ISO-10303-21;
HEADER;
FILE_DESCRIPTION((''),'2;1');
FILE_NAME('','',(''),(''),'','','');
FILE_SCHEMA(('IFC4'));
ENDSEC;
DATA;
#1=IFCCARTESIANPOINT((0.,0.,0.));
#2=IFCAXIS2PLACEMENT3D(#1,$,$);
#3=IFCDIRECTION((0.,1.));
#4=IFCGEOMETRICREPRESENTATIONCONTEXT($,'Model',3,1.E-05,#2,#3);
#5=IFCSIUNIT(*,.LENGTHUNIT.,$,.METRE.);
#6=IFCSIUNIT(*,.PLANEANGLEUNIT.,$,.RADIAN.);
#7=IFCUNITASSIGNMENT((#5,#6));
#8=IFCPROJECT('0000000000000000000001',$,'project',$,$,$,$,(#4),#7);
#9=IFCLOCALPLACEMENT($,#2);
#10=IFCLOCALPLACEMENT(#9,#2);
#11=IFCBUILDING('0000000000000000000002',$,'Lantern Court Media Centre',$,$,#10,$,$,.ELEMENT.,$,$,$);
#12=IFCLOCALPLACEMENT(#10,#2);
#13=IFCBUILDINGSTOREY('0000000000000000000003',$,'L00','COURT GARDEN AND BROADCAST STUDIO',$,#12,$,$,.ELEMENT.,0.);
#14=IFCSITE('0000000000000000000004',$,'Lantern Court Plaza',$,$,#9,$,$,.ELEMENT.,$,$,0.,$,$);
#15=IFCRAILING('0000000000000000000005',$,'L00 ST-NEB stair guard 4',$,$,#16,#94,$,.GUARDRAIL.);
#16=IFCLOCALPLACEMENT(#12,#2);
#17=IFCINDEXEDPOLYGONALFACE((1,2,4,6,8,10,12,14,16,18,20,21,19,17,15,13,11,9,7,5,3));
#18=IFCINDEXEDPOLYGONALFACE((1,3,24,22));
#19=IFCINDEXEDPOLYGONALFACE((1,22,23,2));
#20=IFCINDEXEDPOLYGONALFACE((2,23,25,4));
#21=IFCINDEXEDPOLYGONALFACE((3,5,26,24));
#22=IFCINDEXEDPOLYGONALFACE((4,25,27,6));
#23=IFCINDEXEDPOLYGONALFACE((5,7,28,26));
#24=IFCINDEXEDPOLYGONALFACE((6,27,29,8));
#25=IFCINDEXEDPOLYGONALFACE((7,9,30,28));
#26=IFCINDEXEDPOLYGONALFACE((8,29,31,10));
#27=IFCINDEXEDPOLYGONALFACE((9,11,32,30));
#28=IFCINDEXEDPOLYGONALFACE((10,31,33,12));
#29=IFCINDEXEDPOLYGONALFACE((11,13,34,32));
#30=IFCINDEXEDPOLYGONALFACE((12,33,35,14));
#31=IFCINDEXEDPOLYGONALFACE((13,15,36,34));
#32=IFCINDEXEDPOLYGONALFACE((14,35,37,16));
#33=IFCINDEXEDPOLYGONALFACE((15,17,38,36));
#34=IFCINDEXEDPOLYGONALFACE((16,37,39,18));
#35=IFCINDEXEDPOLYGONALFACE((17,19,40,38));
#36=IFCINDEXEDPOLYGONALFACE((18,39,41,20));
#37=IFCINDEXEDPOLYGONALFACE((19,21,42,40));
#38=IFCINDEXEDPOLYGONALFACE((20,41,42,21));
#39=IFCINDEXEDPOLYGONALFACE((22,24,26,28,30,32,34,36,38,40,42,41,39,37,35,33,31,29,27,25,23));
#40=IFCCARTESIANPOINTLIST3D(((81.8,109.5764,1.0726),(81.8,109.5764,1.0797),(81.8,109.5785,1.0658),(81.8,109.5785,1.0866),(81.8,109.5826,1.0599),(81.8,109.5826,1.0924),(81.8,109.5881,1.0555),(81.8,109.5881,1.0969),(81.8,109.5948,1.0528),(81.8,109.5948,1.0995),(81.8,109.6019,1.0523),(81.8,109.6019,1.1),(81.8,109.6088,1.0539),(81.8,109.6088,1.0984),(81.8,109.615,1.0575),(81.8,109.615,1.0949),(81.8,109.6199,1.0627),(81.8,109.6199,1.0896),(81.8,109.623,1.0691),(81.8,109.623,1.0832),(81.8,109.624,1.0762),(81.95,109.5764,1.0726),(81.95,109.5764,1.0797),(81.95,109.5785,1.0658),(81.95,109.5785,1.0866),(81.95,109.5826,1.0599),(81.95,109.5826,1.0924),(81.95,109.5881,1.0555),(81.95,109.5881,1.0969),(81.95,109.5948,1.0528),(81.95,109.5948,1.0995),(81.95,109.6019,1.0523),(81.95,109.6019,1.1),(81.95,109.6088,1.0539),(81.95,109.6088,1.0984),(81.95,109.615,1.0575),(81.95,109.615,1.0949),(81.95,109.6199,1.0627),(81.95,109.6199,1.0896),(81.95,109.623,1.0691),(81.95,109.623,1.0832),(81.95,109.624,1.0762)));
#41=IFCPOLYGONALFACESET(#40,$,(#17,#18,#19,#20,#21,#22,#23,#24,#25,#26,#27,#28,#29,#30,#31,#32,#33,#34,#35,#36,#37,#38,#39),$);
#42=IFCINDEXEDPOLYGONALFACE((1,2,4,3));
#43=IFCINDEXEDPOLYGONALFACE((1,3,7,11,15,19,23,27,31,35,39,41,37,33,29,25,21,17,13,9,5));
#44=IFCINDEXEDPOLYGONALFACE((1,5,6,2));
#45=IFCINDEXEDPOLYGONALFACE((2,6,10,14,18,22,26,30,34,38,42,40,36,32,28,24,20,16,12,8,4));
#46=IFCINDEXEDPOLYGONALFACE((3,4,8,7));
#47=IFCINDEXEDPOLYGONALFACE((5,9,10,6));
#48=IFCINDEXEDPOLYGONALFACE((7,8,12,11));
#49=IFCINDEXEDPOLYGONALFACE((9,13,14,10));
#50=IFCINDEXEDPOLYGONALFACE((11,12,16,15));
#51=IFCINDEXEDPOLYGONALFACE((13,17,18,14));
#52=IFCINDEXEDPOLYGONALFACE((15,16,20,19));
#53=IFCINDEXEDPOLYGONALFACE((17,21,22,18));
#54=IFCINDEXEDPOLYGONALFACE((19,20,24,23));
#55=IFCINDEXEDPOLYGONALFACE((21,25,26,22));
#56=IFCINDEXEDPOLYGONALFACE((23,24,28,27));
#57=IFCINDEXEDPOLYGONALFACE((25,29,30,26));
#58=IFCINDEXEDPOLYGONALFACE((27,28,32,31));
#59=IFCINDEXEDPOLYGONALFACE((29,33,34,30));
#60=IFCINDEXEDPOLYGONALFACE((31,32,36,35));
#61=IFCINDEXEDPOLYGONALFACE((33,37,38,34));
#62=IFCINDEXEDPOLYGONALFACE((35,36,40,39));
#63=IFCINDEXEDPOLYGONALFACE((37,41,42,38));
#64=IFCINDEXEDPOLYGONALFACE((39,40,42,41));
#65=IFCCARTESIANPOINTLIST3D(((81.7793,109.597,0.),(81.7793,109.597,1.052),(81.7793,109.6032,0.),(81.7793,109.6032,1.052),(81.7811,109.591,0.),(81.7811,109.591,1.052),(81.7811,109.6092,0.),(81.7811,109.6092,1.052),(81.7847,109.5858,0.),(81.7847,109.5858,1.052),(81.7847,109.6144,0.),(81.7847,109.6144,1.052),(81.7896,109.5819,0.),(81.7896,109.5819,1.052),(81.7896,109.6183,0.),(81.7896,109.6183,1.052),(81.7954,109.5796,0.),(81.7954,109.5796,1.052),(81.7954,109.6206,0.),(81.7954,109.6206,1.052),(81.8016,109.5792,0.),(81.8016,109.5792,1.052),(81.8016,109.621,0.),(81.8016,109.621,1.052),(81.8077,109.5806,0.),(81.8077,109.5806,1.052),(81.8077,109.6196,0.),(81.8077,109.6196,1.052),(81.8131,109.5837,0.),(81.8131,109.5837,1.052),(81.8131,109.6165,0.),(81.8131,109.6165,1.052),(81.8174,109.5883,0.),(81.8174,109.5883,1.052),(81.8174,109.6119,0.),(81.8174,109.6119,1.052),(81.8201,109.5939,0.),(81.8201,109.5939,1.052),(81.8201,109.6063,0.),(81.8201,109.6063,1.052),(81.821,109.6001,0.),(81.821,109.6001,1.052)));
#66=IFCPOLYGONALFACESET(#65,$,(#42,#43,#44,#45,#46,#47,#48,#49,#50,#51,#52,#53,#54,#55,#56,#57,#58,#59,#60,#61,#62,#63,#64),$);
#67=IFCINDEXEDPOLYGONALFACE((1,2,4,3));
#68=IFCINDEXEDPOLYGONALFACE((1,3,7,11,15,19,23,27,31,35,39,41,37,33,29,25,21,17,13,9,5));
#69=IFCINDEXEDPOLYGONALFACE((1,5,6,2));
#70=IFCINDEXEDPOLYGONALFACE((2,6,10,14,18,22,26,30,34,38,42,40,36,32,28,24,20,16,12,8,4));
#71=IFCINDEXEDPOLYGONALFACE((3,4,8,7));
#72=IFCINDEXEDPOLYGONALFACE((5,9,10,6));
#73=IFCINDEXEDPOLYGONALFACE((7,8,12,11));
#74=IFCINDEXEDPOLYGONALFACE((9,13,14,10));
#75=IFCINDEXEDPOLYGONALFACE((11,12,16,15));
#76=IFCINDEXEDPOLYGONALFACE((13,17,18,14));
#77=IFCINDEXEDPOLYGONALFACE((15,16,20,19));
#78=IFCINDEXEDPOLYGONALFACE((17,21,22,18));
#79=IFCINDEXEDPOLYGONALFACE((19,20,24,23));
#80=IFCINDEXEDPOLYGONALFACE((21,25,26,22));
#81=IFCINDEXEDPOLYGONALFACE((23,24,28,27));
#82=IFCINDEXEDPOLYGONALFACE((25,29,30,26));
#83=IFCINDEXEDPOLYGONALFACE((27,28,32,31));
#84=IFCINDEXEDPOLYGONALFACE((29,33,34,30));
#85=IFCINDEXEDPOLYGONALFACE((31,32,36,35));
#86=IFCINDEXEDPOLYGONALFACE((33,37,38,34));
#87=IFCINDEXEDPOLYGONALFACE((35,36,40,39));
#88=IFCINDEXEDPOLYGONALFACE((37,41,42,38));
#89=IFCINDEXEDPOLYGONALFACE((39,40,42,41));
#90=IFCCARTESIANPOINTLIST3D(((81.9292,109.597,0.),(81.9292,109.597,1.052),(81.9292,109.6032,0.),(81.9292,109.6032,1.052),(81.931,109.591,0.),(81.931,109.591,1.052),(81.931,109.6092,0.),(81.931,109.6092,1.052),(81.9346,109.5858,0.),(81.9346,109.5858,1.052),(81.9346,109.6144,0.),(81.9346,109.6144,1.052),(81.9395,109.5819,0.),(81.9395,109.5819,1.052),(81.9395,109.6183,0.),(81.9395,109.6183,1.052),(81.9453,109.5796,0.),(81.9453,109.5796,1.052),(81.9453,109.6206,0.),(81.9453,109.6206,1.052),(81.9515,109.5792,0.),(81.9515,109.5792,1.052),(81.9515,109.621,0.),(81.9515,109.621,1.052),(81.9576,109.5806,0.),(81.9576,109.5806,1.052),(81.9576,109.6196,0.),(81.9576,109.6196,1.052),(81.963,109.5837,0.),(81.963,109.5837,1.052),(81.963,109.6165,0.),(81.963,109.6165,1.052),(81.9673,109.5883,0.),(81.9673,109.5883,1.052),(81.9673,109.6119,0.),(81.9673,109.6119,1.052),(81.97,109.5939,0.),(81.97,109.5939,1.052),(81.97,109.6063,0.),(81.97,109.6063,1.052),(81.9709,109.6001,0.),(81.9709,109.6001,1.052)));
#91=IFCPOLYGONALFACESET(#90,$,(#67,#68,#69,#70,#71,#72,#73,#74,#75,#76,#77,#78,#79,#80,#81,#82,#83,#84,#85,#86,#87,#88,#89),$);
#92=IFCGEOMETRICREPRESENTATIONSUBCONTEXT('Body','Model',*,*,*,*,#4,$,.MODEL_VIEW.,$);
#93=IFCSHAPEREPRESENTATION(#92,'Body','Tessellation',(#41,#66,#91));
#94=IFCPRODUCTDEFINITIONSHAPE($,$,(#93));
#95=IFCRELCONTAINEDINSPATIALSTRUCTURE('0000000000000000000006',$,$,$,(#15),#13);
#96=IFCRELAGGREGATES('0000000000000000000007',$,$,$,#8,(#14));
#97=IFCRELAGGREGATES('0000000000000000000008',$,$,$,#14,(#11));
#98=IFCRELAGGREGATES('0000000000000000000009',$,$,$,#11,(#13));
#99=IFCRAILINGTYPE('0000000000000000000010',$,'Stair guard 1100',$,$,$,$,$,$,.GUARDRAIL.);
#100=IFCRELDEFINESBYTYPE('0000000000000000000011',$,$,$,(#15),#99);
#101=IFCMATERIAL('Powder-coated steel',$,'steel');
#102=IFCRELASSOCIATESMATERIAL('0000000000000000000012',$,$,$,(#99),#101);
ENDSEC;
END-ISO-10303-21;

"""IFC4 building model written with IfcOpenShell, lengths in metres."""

from ifc_helpers import new_model, si_unit, direction, frame, origin, origin_2d, place, context, subcontext, project, spatial, circle, extrude, material, type_object, element, save


model = new_model("IFC4")

# Units and contexts
model_context = context("Model", 3, precision=1e-05, world=origin(), true_north=direction((0.0, 1.0)))
body_context = subcontext(model_context, "Body", "Model", "MODEL_VIEW")
ifc_project = project(units=[si_unit("LENGTHUNIT", "METRE"), si_unit("PLANEANGLEUNIT", "RADIAN")], contexts=[model_context])

# Site, building, storey
site_placement = place(None, origin())
site = spatial("IfcSite", under=ifc_project, at=site_placement, Name="Lantern Court Plaza", CompositionType="ELEMENT", RefElevation=0.0)
building_placement = place(site_placement, origin())
building = spatial("IfcBuilding", under=site, at=building_placement, Name="Lantern Court Media Centre", CompositionType="ELEMENT")
storey_placement = place(building_placement, origin())
storey = spatial("IfcBuildingStorey", under=building, at=storey_placement, Name="L00", Description="COURT GARDEN AND BROADCAST STUDIO", CompositionType="ELEMENT", Elevation=0.0)

# Railing
ifc_material_1 = material(Name="Powder-coated steel", Category="steel")
railing_type_1 = type_object("IfcRailingType", Name="Stair guard 1100", PredefinedType="GUARDRAIL", material=ifc_material_1)
railing_1_placement = place(storey_placement, frame((81.8, 109.6001, 0.0)))
element("IfcRailing", 1, at=railing_1_placement, inside=storey, type_object=railing_type_1, Name="L00 ST-NEB stair guard 4", PredefinedType="GUARDRAIL", context=body_context, shape_type="SweptSolid", body=[
    extrude(circle(Radius=0.0239, at=origin_2d()), frame((0.0, 0.0, 1.0762), z_axis=(1.0, 0.0, 0.0), x_axis=(0.0, 1.0, 0.0)), (0.0, 0.0, 1.0), 0.1499),
    extrude(circle(Radius=0.021, at=origin_2d()), origin(), (0.0, 0.0, 1.0), 1.052),
    extrude(circle(Radius=0.021, at=origin_2d()), frame((0.1499, 0.0, 0.0)), (0.0, 0.0, 1.0), 1.052),
])

save(model, "model.ifc")
